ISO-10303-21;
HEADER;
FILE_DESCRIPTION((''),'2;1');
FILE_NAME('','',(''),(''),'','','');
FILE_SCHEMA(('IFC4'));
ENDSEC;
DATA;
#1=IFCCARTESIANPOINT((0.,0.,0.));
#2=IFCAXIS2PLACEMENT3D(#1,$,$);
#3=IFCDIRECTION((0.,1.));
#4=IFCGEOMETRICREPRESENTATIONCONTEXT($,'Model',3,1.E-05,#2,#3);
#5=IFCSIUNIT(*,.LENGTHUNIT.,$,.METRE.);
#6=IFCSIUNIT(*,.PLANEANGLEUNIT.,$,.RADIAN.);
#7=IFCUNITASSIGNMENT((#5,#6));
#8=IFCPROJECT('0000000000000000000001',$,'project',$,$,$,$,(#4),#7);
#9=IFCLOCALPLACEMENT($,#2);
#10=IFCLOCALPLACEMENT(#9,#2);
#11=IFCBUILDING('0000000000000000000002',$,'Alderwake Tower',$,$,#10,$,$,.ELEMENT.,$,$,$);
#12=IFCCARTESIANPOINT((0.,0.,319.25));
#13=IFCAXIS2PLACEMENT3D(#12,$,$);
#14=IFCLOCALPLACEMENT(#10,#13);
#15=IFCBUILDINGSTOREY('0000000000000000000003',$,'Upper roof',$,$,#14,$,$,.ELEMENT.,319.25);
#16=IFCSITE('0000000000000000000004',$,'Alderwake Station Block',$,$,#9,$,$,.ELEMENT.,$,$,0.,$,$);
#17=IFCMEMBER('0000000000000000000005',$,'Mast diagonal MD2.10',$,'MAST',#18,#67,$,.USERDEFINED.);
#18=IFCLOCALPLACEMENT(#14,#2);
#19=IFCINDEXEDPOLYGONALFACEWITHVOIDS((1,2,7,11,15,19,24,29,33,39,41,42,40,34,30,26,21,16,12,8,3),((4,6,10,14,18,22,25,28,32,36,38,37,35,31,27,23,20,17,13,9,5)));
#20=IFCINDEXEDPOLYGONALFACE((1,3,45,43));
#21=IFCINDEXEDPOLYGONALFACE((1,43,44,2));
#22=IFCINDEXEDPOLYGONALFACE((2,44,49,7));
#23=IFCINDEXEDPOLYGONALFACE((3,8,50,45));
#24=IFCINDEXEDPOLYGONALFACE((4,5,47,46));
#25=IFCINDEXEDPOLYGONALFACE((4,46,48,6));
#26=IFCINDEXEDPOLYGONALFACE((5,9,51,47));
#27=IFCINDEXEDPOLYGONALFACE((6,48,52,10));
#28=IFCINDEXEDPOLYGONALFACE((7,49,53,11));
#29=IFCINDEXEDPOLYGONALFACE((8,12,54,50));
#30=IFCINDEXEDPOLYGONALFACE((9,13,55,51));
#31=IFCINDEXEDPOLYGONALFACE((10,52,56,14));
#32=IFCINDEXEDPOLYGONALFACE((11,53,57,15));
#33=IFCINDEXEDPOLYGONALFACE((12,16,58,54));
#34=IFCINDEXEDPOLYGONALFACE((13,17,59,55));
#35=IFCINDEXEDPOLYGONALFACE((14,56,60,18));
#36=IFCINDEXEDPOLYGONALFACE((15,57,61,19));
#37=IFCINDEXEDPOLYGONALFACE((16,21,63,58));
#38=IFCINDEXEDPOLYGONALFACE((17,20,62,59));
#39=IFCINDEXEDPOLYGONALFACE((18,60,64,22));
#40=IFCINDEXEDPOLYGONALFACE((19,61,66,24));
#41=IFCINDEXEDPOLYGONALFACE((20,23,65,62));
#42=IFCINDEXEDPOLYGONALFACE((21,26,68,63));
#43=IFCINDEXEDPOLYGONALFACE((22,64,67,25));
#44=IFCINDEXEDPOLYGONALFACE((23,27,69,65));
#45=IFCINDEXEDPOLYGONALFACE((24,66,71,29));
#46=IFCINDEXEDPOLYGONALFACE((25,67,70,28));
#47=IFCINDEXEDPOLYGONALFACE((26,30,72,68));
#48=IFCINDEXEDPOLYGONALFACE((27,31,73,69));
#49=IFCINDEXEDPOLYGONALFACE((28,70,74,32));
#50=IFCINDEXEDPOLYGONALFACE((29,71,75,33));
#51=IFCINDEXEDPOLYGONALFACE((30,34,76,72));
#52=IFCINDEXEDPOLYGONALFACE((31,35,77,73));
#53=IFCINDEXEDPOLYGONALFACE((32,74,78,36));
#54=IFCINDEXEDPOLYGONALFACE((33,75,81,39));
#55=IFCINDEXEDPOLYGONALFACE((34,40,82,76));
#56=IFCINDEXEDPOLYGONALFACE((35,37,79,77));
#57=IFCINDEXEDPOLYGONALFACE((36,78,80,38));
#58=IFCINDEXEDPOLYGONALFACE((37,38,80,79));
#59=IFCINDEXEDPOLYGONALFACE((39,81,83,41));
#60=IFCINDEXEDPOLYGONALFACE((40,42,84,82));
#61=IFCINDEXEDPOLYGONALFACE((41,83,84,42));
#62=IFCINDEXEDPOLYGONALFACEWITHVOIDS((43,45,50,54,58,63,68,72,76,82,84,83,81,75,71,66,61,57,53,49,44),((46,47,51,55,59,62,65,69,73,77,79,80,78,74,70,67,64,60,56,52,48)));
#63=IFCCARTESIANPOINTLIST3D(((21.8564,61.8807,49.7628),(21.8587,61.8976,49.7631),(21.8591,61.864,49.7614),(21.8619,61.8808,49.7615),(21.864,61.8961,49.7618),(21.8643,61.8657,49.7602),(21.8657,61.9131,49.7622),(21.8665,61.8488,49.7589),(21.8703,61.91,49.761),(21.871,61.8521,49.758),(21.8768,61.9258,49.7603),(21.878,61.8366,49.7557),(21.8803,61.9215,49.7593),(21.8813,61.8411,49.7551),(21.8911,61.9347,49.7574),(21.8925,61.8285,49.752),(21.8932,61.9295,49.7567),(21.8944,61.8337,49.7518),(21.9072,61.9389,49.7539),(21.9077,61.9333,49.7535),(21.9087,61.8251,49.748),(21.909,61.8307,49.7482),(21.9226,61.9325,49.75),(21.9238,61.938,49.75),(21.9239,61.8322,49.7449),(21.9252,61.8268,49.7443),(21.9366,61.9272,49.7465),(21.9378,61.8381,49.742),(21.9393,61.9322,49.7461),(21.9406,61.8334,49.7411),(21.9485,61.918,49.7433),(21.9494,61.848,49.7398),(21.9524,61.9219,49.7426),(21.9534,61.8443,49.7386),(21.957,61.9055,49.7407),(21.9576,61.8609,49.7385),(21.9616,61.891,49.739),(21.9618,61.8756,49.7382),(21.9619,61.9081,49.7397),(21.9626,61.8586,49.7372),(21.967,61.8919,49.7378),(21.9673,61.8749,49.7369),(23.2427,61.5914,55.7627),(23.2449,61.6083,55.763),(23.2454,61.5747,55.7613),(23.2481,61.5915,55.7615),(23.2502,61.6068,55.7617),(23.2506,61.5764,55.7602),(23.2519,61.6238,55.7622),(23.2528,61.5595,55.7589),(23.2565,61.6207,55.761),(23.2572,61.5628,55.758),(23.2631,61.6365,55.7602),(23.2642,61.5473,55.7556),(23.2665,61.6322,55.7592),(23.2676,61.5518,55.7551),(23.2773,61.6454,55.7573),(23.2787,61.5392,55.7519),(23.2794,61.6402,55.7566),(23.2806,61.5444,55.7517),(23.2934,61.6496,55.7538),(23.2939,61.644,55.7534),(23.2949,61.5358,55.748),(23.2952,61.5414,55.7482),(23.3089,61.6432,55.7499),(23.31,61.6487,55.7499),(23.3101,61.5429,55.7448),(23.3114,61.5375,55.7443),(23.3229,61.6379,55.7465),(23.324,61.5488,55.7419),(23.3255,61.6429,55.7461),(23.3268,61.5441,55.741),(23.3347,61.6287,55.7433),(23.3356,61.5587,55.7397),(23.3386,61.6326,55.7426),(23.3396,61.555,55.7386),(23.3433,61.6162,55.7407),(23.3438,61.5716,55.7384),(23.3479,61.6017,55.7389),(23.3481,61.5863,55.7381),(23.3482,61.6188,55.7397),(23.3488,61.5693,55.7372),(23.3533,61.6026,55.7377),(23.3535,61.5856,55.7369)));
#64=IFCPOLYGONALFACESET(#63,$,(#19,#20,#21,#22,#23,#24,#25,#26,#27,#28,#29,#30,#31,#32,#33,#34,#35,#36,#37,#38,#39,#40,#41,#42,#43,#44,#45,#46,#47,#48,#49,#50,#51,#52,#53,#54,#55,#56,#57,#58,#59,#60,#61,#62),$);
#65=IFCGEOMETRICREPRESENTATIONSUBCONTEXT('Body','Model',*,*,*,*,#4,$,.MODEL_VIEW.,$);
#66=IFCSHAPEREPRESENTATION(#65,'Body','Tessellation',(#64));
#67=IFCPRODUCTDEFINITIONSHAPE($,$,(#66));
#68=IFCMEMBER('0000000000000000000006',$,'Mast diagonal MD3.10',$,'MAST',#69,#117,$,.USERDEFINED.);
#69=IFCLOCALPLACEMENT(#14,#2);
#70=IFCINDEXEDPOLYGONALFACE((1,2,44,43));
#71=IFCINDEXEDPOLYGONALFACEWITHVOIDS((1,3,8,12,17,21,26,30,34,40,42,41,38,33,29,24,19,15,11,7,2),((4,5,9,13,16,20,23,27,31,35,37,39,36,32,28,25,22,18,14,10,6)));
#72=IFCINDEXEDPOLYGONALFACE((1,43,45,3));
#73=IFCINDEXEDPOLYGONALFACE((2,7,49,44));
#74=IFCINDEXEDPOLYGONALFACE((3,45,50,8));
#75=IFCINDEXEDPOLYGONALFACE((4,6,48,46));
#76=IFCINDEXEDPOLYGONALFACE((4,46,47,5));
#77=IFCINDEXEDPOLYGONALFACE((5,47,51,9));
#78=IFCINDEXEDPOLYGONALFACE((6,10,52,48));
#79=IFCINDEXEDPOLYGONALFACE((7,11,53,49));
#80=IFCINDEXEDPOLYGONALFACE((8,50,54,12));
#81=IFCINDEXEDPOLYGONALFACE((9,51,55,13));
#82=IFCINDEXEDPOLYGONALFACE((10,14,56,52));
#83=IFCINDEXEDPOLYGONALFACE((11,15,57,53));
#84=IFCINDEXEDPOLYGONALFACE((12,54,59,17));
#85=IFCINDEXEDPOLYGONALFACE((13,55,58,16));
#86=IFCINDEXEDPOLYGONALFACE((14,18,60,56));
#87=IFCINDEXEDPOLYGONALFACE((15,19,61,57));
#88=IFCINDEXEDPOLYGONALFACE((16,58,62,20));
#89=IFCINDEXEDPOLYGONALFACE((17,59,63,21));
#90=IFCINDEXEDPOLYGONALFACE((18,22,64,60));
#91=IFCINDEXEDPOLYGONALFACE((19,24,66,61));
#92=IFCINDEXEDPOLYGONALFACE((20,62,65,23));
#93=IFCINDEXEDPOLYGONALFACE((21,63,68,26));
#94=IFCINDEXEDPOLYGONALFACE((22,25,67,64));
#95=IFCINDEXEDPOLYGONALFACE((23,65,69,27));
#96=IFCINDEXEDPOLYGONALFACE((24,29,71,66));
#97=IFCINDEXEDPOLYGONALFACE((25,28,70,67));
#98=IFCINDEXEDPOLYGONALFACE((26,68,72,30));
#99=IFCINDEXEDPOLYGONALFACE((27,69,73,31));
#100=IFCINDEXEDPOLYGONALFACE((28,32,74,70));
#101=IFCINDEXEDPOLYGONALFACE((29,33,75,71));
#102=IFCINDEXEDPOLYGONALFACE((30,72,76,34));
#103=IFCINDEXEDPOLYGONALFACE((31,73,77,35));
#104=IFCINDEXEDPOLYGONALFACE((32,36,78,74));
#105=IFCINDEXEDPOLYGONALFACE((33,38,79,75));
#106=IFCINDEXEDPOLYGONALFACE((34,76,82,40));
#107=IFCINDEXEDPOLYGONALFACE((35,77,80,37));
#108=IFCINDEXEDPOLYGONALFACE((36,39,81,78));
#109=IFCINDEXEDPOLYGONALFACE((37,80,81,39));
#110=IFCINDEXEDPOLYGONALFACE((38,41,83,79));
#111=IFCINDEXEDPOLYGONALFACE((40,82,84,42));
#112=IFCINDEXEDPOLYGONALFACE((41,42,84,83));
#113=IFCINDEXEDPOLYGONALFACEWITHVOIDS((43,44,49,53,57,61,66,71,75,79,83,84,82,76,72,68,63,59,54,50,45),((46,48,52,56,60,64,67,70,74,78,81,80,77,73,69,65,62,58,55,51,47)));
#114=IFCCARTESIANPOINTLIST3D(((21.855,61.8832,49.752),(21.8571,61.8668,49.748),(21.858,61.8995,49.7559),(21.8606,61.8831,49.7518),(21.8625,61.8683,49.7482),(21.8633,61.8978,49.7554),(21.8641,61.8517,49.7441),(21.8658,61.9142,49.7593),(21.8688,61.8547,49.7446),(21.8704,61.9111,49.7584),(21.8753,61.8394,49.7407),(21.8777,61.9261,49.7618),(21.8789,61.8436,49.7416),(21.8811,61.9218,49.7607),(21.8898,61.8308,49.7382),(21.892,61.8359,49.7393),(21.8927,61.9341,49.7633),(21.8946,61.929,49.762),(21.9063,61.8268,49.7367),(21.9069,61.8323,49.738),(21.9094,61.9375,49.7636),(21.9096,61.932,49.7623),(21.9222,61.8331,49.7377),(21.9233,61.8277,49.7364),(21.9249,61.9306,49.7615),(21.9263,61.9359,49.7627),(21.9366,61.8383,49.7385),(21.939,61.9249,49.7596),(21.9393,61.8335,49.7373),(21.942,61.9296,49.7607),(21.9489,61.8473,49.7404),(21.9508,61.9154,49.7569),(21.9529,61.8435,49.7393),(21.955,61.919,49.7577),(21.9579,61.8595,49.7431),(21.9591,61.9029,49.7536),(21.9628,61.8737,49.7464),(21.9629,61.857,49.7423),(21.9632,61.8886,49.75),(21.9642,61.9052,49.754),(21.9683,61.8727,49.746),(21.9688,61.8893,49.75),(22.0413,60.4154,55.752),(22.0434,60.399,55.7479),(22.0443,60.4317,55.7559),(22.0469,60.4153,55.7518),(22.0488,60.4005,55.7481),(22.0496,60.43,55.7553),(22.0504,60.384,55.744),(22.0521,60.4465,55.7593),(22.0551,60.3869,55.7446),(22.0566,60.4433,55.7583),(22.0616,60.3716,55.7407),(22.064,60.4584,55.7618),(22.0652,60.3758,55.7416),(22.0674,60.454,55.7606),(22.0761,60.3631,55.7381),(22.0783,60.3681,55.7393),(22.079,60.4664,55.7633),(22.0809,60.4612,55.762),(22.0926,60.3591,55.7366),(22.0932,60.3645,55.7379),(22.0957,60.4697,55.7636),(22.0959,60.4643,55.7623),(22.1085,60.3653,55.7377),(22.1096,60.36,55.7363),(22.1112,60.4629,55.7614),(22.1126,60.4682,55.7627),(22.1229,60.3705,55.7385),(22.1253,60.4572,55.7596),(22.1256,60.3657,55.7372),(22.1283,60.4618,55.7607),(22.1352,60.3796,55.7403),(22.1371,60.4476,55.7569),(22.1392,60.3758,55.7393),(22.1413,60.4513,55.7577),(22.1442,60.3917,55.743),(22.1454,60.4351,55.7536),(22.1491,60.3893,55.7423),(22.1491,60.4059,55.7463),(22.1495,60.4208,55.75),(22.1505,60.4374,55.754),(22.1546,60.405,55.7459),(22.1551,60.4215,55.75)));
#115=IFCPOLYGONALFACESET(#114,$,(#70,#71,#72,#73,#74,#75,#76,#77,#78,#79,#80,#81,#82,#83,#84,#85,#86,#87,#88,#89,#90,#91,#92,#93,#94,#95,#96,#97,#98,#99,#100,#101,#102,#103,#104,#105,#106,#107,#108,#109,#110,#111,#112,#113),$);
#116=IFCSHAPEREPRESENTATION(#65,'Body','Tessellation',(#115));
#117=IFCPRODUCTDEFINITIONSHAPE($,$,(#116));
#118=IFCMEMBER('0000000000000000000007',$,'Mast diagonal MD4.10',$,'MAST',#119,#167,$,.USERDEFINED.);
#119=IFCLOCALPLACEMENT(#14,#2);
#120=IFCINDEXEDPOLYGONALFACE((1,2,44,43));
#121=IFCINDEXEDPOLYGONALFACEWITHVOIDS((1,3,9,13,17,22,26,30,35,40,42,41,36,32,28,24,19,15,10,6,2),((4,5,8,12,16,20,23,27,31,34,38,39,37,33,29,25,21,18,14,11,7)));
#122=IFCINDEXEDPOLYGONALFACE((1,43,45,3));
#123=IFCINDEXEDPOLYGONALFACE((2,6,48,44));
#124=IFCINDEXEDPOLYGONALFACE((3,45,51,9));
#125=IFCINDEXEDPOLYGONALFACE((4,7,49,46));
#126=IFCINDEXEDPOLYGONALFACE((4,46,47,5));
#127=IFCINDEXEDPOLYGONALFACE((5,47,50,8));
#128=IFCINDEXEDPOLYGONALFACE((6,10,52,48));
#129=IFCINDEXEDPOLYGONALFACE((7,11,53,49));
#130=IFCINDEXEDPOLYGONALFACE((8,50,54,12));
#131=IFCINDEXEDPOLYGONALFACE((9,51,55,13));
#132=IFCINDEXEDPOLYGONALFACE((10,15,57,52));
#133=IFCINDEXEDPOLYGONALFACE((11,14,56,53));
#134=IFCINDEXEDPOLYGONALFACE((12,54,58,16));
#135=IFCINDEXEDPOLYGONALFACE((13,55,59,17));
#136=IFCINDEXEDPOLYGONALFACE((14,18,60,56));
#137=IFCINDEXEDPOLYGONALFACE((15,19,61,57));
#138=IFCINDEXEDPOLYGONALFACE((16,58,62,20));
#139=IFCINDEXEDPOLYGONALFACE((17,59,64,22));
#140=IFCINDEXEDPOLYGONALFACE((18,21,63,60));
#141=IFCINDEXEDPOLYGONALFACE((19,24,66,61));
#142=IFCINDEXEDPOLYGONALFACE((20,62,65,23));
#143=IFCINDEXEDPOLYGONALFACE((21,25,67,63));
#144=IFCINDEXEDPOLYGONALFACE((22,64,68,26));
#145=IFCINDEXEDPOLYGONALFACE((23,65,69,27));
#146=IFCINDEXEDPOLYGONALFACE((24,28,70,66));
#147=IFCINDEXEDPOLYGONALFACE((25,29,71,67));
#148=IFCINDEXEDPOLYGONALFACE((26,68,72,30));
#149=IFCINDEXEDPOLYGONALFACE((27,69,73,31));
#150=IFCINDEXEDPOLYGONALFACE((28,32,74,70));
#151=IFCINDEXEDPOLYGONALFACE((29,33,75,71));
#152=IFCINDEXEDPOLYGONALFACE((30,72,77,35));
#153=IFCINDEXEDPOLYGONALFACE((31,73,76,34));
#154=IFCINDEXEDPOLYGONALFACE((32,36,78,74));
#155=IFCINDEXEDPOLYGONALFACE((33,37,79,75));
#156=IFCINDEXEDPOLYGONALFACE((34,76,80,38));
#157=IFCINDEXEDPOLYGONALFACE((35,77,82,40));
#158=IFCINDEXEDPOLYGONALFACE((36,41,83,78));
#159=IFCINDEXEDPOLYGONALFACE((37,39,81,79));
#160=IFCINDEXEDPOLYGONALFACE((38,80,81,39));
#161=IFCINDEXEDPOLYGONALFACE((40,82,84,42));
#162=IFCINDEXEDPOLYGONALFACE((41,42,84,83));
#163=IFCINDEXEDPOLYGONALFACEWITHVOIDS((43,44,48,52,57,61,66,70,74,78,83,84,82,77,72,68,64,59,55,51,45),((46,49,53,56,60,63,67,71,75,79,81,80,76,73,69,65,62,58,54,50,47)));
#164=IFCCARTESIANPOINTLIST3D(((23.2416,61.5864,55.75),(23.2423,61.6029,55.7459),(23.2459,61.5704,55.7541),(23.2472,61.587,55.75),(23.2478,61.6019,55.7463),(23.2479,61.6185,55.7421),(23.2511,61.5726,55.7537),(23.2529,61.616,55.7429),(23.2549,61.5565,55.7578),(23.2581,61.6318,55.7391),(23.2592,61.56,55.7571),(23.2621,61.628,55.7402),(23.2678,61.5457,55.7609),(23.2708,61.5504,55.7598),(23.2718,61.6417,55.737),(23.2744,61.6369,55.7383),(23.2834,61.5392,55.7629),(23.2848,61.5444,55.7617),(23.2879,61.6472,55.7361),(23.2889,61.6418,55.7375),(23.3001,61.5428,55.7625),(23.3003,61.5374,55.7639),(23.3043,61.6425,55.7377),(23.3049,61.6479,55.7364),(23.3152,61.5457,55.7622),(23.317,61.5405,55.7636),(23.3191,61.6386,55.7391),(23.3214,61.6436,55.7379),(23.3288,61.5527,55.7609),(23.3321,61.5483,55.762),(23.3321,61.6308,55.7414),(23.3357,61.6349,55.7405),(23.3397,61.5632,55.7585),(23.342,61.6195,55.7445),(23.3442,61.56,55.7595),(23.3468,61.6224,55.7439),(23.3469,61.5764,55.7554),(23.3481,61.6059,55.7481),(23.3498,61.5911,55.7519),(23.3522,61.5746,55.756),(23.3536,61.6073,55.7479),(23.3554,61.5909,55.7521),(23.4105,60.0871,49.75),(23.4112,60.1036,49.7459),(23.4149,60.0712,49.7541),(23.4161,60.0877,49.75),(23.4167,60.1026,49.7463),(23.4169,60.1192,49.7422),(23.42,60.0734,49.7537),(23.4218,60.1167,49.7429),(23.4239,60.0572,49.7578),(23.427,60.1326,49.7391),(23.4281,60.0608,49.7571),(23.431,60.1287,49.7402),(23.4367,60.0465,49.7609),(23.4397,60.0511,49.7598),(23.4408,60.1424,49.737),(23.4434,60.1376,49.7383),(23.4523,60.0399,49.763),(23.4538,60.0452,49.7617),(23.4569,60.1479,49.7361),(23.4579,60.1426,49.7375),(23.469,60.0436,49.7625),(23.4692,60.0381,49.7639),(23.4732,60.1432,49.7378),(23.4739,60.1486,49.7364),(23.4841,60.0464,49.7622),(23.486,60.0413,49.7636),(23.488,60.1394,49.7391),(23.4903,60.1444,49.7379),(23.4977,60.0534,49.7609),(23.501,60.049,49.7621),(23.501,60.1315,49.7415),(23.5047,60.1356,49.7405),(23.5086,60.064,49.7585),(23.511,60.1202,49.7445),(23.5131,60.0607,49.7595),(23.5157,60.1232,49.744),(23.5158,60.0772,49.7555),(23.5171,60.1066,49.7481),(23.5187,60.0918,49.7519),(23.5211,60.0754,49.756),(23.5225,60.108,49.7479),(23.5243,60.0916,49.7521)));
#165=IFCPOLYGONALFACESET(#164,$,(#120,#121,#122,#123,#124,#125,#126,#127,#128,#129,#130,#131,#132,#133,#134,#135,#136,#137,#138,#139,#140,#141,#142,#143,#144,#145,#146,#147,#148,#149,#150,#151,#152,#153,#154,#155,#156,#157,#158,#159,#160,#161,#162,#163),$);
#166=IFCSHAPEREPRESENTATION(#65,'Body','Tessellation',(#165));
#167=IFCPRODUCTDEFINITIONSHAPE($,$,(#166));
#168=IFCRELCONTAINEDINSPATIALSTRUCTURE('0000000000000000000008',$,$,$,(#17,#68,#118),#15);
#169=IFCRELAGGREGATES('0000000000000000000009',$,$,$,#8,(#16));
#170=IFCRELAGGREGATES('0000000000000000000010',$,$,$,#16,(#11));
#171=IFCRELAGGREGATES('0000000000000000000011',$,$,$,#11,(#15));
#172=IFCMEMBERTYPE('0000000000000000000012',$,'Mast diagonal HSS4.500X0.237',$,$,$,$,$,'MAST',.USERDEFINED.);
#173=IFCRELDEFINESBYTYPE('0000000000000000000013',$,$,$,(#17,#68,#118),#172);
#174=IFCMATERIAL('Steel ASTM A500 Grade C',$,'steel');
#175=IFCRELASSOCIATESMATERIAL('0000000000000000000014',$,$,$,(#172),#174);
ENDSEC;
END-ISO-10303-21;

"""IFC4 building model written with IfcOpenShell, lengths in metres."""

from ifc_helpers import new_model, si_unit, direction, frame, origin, origin_2d, place, context, subcontext, project, spatial, hollow_circle, extrude, material, material_profile, profile_set, type_object, element, save


model = new_model("IFC4")

# Units and contexts
model_context = context("Model", 3, precision=1e-05, world=origin(), true_north=direction((0.0, 1.0)))
body_context = subcontext(model_context, "Body", "Model", "MODEL_VIEW")
ifc_project = project(units=[si_unit("LENGTHUNIT", "METRE"), si_unit("PLANEANGLEUNIT", "RADIAN")], contexts=[model_context])

# Site, building, storey
site_placement = place(None, origin())
site = spatial("IfcSite", under=ifc_project, at=site_placement, Name="Alderwake Station Block", CompositionType="ELEMENT", RefElevation=0.0)
building_placement = place(site_placement, origin())
building = spatial("IfcBuilding", under=site, at=building_placement, Name="Alderwake Tower", CompositionType="ELEMENT")
storey_placement = place(building_placement, frame((0.0, 0.0, 319.25)))
storey = spatial("IfcBuildingStorey", under=building, at=storey_placement, Name="Upper roof", CompositionType="ELEMENT", Elevation=319.25)

# Members
ifc_material_1 = material(Name="Steel ASTM A500 Grade C", Category="steel")
ifc_material_profile_1 = material_profile(ifc_material_1, hollow_circle(Radius=0.0571, WallThickness=0.0056, at=origin_2d()), Name="HSS4.500X0.237")
ifc_profile_set_1 = profile_set([ifc_material_profile_1], Name="Steel ASTM A500 Grade C")
member_type_1 = type_object("IfcMemberType", Name="Mast diagonal HSS4.500X0.237", ElementType="MAST", PredefinedType="USERDEFINED", material=ifc_profile_set_1)
member_1_placement = place(storey_placement, frame((21.9121, 61.8821, 49.75), z_axis=(0.22486, -0.046928, 0.97326), x_axis=(0.204298, 0.978909, 0.0)))
element("IfcMember", 1, at=member_1_placement, inside=storey, type_object=member_type_1, Name="Mast diagonal MD2.10", ObjectType="MAST", PredefinedType="USERDEFINED", context=body_context, shape_type="SweptSolid", body=[
    extrude(hollow_circle(Radius=0.0571, WallThickness=0.0056, at=origin_2d()), origin(), (0.0, 0.0, 1.0), 6.1648),
])
member_2_placement = place(storey_placement, frame((21.9121, 61.8821, 49.75), z_axis=(0.030144, -0.237514, 0.970916), x_axis=(0.992043, 0.125903, 0.0)))
element("IfcMember", 2, at=member_2_placement, inside=storey, type_object=member_type_1, Name="Mast diagonal MD3.10", ObjectType="MAST", PredefinedType="USERDEFINED", context=body_context, shape_type="SweptSolid", body=[
    extrude(hollow_circle(Radius=0.0571, WallThickness=0.0056, at=origin_2d()), origin(), (0.0, 0.0, 1.0), 6.1797),
])
member_3_placement = place(storey_placement, frame((23.4673, 60.0935, 49.75), z_axis=(-0.027307, 0.242334, 0.969809), x_axis=(-0.993711, -0.111977, 0.0)))
element("IfcMember", 3, at=member_3_placement, inside=storey, type_object=member_type_1, Name="Mast diagonal MD4.10", ObjectType="MAST", PredefinedType="USERDEFINED", context=body_context, shape_type="SweptSolid", body=[
    extrude(hollow_circle(Radius=0.0571, WallThickness=0.0056, at=origin_2d()), origin(), (0.0, 0.0, 1.0), 6.1868),
])

save(model, "model.ifc")
